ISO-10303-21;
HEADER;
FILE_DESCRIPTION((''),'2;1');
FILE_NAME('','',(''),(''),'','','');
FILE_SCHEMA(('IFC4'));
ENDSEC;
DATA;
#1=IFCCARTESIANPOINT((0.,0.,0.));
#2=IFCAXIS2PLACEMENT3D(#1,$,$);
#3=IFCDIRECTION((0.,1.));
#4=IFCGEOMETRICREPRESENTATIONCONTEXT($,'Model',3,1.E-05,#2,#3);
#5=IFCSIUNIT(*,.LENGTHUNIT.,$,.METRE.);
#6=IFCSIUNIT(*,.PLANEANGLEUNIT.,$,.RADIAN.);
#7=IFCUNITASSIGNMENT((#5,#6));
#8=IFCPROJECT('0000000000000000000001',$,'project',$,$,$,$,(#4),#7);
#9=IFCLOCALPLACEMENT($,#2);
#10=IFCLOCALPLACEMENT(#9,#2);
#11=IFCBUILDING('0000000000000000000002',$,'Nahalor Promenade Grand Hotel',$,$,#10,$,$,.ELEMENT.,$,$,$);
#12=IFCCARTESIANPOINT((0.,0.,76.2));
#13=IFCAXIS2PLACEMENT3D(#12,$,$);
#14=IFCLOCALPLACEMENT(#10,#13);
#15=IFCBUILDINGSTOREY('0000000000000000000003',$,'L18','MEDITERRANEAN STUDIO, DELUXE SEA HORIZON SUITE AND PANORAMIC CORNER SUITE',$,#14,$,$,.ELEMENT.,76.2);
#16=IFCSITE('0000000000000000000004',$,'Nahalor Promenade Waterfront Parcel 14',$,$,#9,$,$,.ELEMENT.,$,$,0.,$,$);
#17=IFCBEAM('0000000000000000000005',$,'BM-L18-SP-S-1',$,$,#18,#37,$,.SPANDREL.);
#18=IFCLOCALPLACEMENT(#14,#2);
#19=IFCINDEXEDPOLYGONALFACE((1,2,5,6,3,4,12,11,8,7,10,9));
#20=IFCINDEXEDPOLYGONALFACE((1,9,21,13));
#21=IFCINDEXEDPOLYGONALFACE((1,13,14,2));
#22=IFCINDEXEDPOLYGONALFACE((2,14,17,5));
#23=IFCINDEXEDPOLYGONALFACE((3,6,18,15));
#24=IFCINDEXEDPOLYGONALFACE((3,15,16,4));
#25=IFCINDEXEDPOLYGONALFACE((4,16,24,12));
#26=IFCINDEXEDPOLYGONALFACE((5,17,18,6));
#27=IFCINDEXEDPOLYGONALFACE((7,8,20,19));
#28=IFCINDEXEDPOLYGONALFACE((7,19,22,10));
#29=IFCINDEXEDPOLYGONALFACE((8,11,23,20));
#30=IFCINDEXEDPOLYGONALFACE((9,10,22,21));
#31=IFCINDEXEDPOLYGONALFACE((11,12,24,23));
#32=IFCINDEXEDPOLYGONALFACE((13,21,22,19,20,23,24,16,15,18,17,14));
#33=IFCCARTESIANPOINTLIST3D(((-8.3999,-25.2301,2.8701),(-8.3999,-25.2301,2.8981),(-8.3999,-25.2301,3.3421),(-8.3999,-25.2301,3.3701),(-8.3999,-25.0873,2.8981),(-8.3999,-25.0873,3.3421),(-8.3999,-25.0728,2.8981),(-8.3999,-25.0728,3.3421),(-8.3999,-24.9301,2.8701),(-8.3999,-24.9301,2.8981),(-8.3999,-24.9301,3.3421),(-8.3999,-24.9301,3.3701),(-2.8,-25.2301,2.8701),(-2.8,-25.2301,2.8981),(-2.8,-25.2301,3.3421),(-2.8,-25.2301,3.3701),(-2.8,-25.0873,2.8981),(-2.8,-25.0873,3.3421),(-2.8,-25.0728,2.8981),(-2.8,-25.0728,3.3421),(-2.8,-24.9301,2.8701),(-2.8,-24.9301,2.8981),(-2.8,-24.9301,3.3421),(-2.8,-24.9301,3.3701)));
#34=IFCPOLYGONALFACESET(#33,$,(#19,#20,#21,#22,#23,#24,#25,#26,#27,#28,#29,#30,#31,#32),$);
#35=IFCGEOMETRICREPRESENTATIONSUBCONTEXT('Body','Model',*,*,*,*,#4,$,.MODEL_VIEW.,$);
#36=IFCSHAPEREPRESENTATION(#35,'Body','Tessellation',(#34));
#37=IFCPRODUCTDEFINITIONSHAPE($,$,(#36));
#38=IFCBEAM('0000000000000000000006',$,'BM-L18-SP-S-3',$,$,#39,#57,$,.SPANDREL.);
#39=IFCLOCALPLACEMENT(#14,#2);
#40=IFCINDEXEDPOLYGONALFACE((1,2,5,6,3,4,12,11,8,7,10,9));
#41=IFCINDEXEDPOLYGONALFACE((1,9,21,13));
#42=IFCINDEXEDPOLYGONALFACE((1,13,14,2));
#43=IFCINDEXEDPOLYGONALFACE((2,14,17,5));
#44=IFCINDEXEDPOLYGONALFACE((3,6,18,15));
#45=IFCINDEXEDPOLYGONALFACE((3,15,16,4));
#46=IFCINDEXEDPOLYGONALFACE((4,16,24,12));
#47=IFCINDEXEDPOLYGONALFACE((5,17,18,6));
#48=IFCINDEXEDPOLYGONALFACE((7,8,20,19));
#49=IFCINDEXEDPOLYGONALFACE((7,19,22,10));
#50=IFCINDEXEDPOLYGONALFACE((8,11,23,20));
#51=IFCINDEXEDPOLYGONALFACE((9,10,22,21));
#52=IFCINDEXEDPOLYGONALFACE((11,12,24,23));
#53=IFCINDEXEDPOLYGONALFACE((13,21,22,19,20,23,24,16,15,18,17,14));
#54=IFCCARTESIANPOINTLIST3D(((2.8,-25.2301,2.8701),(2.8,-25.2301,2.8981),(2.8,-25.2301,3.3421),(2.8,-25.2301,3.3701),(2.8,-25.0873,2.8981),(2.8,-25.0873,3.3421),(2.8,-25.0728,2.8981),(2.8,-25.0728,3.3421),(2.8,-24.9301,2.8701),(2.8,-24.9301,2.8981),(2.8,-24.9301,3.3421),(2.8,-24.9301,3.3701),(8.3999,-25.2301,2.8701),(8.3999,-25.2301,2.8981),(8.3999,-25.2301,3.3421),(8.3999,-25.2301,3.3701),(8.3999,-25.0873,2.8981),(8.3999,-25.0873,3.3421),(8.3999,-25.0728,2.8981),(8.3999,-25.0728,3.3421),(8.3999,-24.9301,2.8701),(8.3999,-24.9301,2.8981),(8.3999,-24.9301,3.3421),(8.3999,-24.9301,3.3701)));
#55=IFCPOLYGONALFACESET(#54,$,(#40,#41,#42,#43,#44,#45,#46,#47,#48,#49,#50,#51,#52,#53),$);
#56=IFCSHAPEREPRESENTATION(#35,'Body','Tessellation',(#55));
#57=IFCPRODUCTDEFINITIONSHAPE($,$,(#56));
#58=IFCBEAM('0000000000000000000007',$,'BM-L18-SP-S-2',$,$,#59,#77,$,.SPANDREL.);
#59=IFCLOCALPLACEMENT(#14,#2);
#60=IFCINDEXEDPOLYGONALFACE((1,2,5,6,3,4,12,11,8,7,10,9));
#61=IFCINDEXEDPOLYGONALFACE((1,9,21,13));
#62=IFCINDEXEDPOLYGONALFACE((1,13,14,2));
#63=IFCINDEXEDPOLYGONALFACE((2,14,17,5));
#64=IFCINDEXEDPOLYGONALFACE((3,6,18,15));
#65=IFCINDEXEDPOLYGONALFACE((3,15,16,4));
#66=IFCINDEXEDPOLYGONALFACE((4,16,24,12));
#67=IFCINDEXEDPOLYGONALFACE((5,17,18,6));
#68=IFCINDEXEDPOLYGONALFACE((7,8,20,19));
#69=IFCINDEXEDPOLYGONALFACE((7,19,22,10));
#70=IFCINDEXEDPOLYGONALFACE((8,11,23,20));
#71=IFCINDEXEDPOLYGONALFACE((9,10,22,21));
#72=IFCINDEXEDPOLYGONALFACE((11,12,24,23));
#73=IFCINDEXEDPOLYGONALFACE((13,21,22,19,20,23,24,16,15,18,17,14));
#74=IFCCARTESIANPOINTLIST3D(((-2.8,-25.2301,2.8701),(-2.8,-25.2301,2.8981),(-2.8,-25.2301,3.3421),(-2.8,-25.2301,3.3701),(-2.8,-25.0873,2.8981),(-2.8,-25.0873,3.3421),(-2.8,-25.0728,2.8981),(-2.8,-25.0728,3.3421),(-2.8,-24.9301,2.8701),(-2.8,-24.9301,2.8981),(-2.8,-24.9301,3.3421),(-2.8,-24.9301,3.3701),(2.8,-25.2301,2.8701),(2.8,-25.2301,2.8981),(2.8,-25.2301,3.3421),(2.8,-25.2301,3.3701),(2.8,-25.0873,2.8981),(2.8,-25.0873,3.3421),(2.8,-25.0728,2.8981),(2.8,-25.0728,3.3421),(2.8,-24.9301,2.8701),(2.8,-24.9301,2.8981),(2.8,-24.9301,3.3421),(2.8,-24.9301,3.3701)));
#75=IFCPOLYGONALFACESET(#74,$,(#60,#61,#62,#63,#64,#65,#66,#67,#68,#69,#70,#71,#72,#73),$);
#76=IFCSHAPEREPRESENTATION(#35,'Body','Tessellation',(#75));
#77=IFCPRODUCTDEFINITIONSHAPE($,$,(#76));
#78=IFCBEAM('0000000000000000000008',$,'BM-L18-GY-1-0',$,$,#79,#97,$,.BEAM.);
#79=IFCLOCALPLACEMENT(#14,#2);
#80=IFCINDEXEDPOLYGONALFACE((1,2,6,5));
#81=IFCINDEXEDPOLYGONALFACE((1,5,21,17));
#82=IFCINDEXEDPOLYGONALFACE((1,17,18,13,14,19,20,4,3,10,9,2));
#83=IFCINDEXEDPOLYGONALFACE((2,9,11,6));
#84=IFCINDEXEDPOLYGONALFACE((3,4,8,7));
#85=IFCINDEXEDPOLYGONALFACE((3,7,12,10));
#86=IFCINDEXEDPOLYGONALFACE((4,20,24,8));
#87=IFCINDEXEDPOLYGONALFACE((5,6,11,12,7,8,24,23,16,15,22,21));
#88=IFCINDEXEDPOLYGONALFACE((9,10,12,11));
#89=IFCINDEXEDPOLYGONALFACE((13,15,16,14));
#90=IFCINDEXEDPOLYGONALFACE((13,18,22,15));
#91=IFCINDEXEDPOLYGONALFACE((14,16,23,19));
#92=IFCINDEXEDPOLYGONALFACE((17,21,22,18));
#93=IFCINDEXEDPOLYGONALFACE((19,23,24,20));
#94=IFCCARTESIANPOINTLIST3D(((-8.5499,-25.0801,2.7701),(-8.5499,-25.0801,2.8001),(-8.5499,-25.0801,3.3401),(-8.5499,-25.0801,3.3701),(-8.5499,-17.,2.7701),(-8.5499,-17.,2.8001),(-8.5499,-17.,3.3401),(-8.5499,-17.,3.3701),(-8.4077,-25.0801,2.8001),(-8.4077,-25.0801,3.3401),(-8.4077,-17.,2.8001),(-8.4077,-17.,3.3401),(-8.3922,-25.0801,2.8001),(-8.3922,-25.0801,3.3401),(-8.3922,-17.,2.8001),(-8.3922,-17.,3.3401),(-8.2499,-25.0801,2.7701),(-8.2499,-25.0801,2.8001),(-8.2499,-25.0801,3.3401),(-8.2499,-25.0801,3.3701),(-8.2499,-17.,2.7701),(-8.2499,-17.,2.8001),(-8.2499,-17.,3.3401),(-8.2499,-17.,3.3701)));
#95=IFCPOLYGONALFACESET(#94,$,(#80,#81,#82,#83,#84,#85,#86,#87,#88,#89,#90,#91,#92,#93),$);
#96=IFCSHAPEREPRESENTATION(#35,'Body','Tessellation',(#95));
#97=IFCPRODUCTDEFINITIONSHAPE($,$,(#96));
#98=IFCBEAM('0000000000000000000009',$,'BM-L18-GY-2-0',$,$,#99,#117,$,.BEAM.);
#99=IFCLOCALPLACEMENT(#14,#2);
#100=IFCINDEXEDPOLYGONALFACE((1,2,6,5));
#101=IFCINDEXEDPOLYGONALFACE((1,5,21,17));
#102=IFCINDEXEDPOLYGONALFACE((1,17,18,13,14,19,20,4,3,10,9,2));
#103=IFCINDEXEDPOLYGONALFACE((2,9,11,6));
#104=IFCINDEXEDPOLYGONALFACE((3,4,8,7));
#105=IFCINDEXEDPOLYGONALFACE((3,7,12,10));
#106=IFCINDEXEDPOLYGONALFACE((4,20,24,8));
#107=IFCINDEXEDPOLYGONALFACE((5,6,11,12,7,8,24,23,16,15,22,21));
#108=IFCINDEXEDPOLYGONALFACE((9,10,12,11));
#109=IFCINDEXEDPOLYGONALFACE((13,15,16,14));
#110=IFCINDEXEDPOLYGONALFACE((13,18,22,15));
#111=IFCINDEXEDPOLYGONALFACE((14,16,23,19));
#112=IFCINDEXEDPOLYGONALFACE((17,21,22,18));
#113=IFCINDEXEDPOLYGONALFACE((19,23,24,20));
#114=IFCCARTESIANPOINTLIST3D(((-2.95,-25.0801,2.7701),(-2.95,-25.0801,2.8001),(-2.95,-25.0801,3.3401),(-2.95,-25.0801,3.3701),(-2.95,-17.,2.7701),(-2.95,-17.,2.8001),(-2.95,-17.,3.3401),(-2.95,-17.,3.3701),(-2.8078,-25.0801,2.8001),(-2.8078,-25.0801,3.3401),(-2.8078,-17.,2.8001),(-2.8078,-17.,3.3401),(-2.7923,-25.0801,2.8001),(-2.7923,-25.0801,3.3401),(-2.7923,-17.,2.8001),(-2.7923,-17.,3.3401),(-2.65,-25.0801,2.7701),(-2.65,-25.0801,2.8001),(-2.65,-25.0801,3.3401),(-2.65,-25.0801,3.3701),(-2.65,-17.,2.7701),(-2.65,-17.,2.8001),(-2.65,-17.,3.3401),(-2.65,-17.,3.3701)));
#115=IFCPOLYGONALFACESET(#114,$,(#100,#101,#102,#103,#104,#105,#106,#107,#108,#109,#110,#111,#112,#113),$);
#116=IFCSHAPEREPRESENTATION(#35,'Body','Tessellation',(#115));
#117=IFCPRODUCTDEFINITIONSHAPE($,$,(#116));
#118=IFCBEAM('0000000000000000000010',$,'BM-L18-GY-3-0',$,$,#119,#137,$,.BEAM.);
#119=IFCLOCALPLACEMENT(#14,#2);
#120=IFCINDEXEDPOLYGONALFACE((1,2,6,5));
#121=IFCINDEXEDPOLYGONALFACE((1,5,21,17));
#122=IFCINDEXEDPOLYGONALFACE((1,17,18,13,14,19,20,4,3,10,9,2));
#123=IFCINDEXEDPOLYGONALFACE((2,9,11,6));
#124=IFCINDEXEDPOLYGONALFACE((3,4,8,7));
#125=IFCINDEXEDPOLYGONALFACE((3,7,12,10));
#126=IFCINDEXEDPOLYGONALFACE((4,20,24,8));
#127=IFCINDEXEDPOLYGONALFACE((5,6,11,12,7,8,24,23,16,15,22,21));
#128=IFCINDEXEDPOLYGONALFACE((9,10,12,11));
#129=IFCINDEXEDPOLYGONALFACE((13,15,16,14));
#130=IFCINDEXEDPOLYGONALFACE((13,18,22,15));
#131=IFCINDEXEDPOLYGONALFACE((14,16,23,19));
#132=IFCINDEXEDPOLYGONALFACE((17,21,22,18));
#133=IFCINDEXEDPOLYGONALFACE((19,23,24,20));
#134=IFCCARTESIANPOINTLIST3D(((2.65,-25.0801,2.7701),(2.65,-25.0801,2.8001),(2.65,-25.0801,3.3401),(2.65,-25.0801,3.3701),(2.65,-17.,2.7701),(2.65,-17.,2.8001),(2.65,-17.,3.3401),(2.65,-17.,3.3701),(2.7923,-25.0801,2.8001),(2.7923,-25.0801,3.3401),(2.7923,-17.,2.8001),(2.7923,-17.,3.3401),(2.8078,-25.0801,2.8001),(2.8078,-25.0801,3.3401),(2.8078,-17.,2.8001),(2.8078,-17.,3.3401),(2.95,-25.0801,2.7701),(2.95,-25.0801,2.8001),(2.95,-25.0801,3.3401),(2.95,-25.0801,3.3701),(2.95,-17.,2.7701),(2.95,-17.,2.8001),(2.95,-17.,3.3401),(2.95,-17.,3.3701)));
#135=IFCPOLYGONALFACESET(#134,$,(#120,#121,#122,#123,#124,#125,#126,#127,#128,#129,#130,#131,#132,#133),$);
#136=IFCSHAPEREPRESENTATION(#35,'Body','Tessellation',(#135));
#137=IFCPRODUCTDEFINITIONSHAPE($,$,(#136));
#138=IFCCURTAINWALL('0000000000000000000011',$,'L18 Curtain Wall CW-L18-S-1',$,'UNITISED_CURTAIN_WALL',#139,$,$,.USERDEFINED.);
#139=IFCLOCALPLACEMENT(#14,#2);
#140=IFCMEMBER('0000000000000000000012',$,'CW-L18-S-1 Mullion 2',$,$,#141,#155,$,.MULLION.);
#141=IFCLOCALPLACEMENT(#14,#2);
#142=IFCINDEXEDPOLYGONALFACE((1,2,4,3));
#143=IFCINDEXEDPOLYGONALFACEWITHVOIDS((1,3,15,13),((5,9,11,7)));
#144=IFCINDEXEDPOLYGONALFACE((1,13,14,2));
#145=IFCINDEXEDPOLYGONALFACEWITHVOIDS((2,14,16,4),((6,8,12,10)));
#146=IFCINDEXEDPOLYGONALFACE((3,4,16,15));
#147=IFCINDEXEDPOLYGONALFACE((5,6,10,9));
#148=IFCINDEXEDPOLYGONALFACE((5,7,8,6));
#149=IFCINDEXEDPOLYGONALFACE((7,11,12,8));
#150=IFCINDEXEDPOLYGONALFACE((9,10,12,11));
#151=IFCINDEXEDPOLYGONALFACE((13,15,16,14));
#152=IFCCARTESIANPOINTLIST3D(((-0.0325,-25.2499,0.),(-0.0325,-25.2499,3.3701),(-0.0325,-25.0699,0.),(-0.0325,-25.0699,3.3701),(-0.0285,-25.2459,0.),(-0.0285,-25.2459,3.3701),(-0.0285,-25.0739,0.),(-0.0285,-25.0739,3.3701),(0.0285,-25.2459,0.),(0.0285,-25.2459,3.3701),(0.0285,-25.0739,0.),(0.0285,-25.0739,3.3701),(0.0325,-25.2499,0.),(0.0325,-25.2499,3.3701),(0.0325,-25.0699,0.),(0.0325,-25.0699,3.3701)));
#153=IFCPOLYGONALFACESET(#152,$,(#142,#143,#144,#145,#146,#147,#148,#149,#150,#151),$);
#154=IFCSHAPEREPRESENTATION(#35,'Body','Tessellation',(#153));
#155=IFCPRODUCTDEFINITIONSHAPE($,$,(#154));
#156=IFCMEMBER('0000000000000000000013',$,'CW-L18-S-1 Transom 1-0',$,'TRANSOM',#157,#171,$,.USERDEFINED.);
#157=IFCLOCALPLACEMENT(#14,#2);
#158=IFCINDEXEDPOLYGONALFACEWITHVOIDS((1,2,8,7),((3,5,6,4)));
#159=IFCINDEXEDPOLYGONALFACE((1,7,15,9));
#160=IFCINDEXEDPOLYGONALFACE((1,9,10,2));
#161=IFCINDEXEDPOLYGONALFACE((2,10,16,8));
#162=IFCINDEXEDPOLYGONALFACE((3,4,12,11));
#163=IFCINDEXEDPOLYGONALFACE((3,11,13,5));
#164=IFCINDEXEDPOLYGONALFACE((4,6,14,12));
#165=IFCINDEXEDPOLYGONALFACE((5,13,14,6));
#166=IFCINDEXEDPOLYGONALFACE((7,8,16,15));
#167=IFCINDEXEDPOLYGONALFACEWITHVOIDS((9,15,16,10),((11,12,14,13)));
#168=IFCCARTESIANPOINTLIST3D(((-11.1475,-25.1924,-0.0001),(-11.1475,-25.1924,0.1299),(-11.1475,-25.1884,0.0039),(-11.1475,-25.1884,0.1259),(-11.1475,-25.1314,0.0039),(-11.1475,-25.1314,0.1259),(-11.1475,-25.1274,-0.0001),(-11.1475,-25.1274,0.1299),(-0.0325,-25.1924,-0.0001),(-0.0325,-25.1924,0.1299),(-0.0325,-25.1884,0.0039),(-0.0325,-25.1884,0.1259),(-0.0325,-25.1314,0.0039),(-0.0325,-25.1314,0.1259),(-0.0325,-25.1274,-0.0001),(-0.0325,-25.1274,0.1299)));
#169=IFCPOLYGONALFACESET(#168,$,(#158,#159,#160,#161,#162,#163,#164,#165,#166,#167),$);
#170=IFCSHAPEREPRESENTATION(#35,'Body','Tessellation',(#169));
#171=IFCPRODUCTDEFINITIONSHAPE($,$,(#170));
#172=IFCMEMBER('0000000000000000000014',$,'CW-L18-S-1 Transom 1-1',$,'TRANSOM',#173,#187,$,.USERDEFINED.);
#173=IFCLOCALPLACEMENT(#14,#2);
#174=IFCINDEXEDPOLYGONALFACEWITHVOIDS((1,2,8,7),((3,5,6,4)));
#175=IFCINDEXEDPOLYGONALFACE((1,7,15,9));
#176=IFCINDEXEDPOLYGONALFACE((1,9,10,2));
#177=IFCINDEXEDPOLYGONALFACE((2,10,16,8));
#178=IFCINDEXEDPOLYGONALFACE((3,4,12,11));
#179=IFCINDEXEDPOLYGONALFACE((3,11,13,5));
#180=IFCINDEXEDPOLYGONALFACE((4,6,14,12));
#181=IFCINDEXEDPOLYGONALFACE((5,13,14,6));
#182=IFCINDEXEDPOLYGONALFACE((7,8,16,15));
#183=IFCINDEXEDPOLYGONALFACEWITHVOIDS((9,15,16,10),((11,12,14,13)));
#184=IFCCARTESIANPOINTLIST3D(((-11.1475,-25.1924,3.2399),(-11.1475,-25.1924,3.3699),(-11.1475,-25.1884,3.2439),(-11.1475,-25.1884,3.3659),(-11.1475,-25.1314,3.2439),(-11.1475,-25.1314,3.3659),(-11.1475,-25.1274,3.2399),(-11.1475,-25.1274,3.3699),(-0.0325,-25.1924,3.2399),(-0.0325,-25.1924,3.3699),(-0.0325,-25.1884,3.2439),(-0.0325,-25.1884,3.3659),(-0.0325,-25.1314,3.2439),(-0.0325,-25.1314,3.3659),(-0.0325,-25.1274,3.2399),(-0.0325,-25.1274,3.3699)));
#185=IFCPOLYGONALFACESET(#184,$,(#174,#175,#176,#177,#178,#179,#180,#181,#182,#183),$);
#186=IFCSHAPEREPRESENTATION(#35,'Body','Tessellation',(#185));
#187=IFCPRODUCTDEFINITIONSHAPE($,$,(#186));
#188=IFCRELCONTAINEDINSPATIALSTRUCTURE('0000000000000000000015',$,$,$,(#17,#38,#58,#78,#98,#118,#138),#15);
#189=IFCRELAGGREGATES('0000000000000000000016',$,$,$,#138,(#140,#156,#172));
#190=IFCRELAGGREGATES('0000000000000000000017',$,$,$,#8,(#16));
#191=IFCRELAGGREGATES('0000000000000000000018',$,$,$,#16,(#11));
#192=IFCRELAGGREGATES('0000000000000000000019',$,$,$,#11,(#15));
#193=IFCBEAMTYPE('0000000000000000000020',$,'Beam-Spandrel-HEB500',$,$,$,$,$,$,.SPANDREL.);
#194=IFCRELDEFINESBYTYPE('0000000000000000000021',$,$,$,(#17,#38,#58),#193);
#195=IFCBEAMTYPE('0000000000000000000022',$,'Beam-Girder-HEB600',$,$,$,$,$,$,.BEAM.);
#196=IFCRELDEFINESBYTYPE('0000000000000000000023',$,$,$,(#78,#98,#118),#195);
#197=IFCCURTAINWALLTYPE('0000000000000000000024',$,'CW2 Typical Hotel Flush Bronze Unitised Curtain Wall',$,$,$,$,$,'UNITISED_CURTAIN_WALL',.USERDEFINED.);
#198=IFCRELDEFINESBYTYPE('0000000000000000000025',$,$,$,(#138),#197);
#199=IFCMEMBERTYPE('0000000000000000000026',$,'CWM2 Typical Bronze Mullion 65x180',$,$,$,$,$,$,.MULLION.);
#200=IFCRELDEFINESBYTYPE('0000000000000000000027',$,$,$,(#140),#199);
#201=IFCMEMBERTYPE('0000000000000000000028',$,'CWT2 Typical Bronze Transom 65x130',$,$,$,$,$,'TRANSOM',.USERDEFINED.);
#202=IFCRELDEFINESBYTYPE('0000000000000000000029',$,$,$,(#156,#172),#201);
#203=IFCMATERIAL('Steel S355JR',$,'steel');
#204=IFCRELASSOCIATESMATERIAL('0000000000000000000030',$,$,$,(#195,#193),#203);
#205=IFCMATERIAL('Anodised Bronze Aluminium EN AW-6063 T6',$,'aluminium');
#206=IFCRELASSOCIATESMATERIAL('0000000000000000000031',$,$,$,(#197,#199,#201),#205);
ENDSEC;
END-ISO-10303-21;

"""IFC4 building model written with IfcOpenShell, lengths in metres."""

from ifc_helpers import new_model, si_unit, direction, frame, origin, origin_2d, place, context, subcontext, project, spatial, hollow_rectangle, i_section, extrude, source, transform, mapped, material, material_profile, profile_set, type_object, element, aggregate, save


model = new_model("IFC4")

# Units and contexts
model_context = context("Model", 3, precision=1e-05, world=origin(), true_north=direction((0.0, 1.0)))
body_context = subcontext(model_context, "Body", "Model", "MODEL_VIEW")
ifc_project = project(units=[si_unit("LENGTHUNIT", "METRE"), si_unit("PLANEANGLEUNIT", "RADIAN")], contexts=[model_context])

# Site, building, storey
site_placement = place(None, origin())
site = spatial("IfcSite", under=ifc_project, at=site_placement, Name="Nahalor Promenade Waterfront Parcel 14", CompositionType="ELEMENT", RefElevation=0.0)
building_placement = place(site_placement, origin())
building = spatial("IfcBuilding", under=site, at=building_placement, Name="Nahalor Promenade Grand Hotel", CompositionType="ELEMENT")
storey_placement = place(building_placement, frame((0.0, 0.0, 76.2)))
storey = spatial("IfcBuildingStorey", under=building, at=storey_placement, Name="L18", Description="MEDITERRANEAN STUDIO, DELUXE SEA HORIZON SUITE AND PANORAMIC CORNER SUITE", CompositionType="ELEMENT", Elevation=76.2)

# Beams
ifc_material_1 = material(Name="Steel S355JR", Category="steel")
ifc_material_profile_1 = material_profile(ifc_material_1, i_section(OverallWidth=0.3, OverallDepth=0.6, WebThickness=0.0155, FlangeThickness=0.03, at=origin_2d()), Name="HEB 600")
ifc_profile_set_1 = profile_set([ifc_material_profile_1], Name="Steel S355JR")
beam_type_1 = type_object("IfcBeamType", Name="Beam-Girder-HEB600", PredefinedType="BEAM", material=ifc_profile_set_1)
ifc_material_profile_2 = material_profile(ifc_material_1, i_section(OverallWidth=0.3, OverallDepth=0.5, WebThickness=0.0145, FlangeThickness=0.028, at=origin_2d()), Name="HEB 500")
ifc_profile_set_2 = profile_set([ifc_material_profile_2], Name="Steel S355JR")
beam_type_2 = type_object("IfcBeamType", Name="Beam-Spandrel-HEB500", PredefinedType="SPANDREL", material=ifc_profile_set_2)
shared_shape_1 = source(origin(), body_context, "Body", "SweptSolid", [
    extrude(i_section(OverallWidth=0.3, OverallDepth=0.5, WebThickness=0.0145, FlangeThickness=0.028, at=origin_2d()), origin(), (0.0, 0.0, 1.0), 5.5999),
])
for number, where, z_axis, x_axis, name in (
    (1, (-8.3999, -25.0801, 3.1201), (1.0, 0.0, 0.0), (0.0, 1.0, 0.0), "BM-L18-SP-S-1"),
    (2, (2.8, -25.0801, 3.1201), (1.0, 0.0, 0.0), (0.0, 1.0, 0.0), "BM-L18-SP-S-3"),
):
    element("IfcBeam", number, at=place(storey_placement, frame(where, z_axis=z_axis, x_axis=x_axis)), inside=storey, type_object=beam_type_2, Name=name, PredefinedType="SPANDREL", context=body_context, shape_type="MappedRepresentation", body=[
        mapped(shared_shape_1, transform((0.0, 0.0, 0.0), scale=1.0)),
    ])
shared_shape_2 = source(origin(), body_context, "Body", "SweptSolid", [
    extrude(i_section(OverallWidth=0.3, OverallDepth=0.5, WebThickness=0.0145, FlangeThickness=0.028, at=origin_2d()), origin(), (0.0, 0.0, 1.0), 5.6001),
])
beam_1_placement = place(storey_placement, frame((-2.8, -25.0801, 3.1201), z_axis=(1.0, 0.0, 0.0), x_axis=(0.0, 1.0, 0.0)))
element("IfcBeam", 3, at=beam_1_placement, inside=storey, type_object=beam_type_2, Name="BM-L18-SP-S-2", PredefinedType="SPANDREL", context=body_context, shape_type="MappedRepresentation", body=[
    mapped(shared_shape_2, transform((0.0, 0.0, 0.0), scale=1.0)),
])
shared_shape_3 = source(origin(), body_context, "Body", "SweptSolid", [
    extrude(i_section(OverallWidth=0.3, OverallDepth=0.6, WebThickness=0.0155, FlangeThickness=0.03, at=origin_2d()), origin(), (0.0, 0.0, 1.0), 8.0801),
])
for number, where, z_axis, x_axis, name in (
    (4, (-8.3999, -25.0801, 3.0701), (0.0, 1.0, 0.0), (-1.0, 0.0, 0.0), "BM-L18-GY-1-0"),
    (5, (-2.8, -25.0801, 3.0701), (0.0, 1.0, 0.0), (-1.0, 0.0, 0.0), "BM-L18-GY-2-0"),
    (6, (2.8, -25.0801, 3.0701), (0.0, 1.0, 0.0), (-1.0, 0.0, 0.0), "BM-L18-GY-3-0"),
):
    element("IfcBeam", number, at=place(storey_placement, frame(where, z_axis=z_axis, x_axis=x_axis)), inside=storey, type_object=beam_type_1, Name=name, PredefinedType="BEAM", context=body_context, shape_type="MappedRepresentation", body=[
        mapped(shared_shape_3, transform((0.0, 0.0, 0.0), scale=1.0)),
    ])

# Curtain wall, members
ifc_material_2 = material(Name="Anodised Bronze Aluminium EN AW-6063 T6", Category="aluminium")
curtain_wall_type = type_object("IfcCurtainWallType", Name="CW2 Typical Hotel Flush Bronze Unitised Curtain Wall", ElementType="UNITISED_CURTAIN_WALL", PredefinedType="USERDEFINED", material=ifc_material_2)
curtain_wall_placement = place(storey_placement, origin())
curtain_wall = element("IfcCurtainWall", 7, at=curtain_wall_placement, inside=storey, type_object=curtain_wall_type, Name="L18 Curtain Wall CW-L18-S-1", ObjectType="UNITISED_CURTAIN_WALL", PredefinedType="USERDEFINED")
ifc_material_profile_3 = material_profile(ifc_material_2, hollow_rectangle(XDim=0.065, YDim=0.18, WallThickness=0.004, at=origin_2d()), Name="CWM 65x180x4")
ifc_profile_set_3 = profile_set([ifc_material_profile_3], Name="Anodised Bronze Aluminium EN AW-6063 T6")
member_type_1 = type_object("IfcMemberType", Name="CWM2 Typical Bronze Mullion 65x180", PredefinedType="MULLION", material=ifc_profile_set_3)
shared_shape_4 = source(origin(), body_context, "Body", "SweptSolid", [
    extrude(hollow_rectangle(XDim=0.065, YDim=0.18, WallThickness=0.004, at=origin_2d()), origin(), (0.0, 0.0, 1.0), 3.3701),
])
member_1_placement = place(storey_placement, frame((0.0, -25.1599, 0.0), z_axis=(0.0, 0.0, 1.0), x_axis=(1.0, 0.0, 0.0)))
member_1 = element("IfcMember", 8, at=member_1_placement, type_object=member_type_1, Name="CW-L18-S-1 Mullion 2", PredefinedType="MULLION", context=body_context, shape_type="MappedRepresentation", body=[
    mapped(shared_shape_4, transform((0.0, 0.0, 0.0), scale=1.0)),
])
ifc_material_profile_4 = material_profile(ifc_material_2, hollow_rectangle(XDim=0.065, YDim=0.13, WallThickness=0.004, at=origin_2d()), Name="CWT 65x130x4")
ifc_profile_set_4 = profile_set([ifc_material_profile_4], Name="Anodised Bronze Aluminium EN AW-6063 T6")
member_type_2 = type_object("IfcMemberType", Name="CWT2 Typical Bronze Transom 65x130", ElementType="TRANSOM", PredefinedType="USERDEFINED", material=ifc_profile_set_4)
shared_shape_5 = source(origin(), body_context, "Body", "SweptSolid", [
    extrude(hollow_rectangle(XDim=0.065, YDim=0.13, WallThickness=0.004, at=origin_2d()), origin(), (0.0, 0.0, 1.0), 11.115),
])
member_2_placement = place(storey_placement, frame((-11.1475, -25.1599, 0.0649), z_axis=(1.0, 0.0, 0.0), x_axis=(0.0, 1.0, 0.0)))
member_2 = element("IfcMember", 9, at=member_2_placement, type_object=member_type_2, Name="CW-L18-S-1 Transom 1-0", ObjectType="TRANSOM", PredefinedType="USERDEFINED", context=body_context, shape_type="MappedRepresentation", body=[
    mapped(shared_shape_5, transform((0.0, 0.0, 0.0), scale=1.0)),
])
member_3_placement = place(storey_placement, frame((-11.1475, -25.1599, 3.3049), z_axis=(1.0, 0.0, 0.0), x_axis=(0.0, 1.0, 0.0)))
member_3 = element("IfcMember", 10, at=member_3_placement, type_object=member_type_2, Name="CW-L18-S-1 Transom 1-1", ObjectType="TRANSOM", PredefinedType="USERDEFINED", context=body_context, shape_type="MappedRepresentation", body=[
    mapped(shared_shape_5, transform((0.0, 0.0, 0.0), scale=1.0)),
])
aggregate(curtain_wall, [member_1, member_2, member_3])

save(model, "model.ifc")
